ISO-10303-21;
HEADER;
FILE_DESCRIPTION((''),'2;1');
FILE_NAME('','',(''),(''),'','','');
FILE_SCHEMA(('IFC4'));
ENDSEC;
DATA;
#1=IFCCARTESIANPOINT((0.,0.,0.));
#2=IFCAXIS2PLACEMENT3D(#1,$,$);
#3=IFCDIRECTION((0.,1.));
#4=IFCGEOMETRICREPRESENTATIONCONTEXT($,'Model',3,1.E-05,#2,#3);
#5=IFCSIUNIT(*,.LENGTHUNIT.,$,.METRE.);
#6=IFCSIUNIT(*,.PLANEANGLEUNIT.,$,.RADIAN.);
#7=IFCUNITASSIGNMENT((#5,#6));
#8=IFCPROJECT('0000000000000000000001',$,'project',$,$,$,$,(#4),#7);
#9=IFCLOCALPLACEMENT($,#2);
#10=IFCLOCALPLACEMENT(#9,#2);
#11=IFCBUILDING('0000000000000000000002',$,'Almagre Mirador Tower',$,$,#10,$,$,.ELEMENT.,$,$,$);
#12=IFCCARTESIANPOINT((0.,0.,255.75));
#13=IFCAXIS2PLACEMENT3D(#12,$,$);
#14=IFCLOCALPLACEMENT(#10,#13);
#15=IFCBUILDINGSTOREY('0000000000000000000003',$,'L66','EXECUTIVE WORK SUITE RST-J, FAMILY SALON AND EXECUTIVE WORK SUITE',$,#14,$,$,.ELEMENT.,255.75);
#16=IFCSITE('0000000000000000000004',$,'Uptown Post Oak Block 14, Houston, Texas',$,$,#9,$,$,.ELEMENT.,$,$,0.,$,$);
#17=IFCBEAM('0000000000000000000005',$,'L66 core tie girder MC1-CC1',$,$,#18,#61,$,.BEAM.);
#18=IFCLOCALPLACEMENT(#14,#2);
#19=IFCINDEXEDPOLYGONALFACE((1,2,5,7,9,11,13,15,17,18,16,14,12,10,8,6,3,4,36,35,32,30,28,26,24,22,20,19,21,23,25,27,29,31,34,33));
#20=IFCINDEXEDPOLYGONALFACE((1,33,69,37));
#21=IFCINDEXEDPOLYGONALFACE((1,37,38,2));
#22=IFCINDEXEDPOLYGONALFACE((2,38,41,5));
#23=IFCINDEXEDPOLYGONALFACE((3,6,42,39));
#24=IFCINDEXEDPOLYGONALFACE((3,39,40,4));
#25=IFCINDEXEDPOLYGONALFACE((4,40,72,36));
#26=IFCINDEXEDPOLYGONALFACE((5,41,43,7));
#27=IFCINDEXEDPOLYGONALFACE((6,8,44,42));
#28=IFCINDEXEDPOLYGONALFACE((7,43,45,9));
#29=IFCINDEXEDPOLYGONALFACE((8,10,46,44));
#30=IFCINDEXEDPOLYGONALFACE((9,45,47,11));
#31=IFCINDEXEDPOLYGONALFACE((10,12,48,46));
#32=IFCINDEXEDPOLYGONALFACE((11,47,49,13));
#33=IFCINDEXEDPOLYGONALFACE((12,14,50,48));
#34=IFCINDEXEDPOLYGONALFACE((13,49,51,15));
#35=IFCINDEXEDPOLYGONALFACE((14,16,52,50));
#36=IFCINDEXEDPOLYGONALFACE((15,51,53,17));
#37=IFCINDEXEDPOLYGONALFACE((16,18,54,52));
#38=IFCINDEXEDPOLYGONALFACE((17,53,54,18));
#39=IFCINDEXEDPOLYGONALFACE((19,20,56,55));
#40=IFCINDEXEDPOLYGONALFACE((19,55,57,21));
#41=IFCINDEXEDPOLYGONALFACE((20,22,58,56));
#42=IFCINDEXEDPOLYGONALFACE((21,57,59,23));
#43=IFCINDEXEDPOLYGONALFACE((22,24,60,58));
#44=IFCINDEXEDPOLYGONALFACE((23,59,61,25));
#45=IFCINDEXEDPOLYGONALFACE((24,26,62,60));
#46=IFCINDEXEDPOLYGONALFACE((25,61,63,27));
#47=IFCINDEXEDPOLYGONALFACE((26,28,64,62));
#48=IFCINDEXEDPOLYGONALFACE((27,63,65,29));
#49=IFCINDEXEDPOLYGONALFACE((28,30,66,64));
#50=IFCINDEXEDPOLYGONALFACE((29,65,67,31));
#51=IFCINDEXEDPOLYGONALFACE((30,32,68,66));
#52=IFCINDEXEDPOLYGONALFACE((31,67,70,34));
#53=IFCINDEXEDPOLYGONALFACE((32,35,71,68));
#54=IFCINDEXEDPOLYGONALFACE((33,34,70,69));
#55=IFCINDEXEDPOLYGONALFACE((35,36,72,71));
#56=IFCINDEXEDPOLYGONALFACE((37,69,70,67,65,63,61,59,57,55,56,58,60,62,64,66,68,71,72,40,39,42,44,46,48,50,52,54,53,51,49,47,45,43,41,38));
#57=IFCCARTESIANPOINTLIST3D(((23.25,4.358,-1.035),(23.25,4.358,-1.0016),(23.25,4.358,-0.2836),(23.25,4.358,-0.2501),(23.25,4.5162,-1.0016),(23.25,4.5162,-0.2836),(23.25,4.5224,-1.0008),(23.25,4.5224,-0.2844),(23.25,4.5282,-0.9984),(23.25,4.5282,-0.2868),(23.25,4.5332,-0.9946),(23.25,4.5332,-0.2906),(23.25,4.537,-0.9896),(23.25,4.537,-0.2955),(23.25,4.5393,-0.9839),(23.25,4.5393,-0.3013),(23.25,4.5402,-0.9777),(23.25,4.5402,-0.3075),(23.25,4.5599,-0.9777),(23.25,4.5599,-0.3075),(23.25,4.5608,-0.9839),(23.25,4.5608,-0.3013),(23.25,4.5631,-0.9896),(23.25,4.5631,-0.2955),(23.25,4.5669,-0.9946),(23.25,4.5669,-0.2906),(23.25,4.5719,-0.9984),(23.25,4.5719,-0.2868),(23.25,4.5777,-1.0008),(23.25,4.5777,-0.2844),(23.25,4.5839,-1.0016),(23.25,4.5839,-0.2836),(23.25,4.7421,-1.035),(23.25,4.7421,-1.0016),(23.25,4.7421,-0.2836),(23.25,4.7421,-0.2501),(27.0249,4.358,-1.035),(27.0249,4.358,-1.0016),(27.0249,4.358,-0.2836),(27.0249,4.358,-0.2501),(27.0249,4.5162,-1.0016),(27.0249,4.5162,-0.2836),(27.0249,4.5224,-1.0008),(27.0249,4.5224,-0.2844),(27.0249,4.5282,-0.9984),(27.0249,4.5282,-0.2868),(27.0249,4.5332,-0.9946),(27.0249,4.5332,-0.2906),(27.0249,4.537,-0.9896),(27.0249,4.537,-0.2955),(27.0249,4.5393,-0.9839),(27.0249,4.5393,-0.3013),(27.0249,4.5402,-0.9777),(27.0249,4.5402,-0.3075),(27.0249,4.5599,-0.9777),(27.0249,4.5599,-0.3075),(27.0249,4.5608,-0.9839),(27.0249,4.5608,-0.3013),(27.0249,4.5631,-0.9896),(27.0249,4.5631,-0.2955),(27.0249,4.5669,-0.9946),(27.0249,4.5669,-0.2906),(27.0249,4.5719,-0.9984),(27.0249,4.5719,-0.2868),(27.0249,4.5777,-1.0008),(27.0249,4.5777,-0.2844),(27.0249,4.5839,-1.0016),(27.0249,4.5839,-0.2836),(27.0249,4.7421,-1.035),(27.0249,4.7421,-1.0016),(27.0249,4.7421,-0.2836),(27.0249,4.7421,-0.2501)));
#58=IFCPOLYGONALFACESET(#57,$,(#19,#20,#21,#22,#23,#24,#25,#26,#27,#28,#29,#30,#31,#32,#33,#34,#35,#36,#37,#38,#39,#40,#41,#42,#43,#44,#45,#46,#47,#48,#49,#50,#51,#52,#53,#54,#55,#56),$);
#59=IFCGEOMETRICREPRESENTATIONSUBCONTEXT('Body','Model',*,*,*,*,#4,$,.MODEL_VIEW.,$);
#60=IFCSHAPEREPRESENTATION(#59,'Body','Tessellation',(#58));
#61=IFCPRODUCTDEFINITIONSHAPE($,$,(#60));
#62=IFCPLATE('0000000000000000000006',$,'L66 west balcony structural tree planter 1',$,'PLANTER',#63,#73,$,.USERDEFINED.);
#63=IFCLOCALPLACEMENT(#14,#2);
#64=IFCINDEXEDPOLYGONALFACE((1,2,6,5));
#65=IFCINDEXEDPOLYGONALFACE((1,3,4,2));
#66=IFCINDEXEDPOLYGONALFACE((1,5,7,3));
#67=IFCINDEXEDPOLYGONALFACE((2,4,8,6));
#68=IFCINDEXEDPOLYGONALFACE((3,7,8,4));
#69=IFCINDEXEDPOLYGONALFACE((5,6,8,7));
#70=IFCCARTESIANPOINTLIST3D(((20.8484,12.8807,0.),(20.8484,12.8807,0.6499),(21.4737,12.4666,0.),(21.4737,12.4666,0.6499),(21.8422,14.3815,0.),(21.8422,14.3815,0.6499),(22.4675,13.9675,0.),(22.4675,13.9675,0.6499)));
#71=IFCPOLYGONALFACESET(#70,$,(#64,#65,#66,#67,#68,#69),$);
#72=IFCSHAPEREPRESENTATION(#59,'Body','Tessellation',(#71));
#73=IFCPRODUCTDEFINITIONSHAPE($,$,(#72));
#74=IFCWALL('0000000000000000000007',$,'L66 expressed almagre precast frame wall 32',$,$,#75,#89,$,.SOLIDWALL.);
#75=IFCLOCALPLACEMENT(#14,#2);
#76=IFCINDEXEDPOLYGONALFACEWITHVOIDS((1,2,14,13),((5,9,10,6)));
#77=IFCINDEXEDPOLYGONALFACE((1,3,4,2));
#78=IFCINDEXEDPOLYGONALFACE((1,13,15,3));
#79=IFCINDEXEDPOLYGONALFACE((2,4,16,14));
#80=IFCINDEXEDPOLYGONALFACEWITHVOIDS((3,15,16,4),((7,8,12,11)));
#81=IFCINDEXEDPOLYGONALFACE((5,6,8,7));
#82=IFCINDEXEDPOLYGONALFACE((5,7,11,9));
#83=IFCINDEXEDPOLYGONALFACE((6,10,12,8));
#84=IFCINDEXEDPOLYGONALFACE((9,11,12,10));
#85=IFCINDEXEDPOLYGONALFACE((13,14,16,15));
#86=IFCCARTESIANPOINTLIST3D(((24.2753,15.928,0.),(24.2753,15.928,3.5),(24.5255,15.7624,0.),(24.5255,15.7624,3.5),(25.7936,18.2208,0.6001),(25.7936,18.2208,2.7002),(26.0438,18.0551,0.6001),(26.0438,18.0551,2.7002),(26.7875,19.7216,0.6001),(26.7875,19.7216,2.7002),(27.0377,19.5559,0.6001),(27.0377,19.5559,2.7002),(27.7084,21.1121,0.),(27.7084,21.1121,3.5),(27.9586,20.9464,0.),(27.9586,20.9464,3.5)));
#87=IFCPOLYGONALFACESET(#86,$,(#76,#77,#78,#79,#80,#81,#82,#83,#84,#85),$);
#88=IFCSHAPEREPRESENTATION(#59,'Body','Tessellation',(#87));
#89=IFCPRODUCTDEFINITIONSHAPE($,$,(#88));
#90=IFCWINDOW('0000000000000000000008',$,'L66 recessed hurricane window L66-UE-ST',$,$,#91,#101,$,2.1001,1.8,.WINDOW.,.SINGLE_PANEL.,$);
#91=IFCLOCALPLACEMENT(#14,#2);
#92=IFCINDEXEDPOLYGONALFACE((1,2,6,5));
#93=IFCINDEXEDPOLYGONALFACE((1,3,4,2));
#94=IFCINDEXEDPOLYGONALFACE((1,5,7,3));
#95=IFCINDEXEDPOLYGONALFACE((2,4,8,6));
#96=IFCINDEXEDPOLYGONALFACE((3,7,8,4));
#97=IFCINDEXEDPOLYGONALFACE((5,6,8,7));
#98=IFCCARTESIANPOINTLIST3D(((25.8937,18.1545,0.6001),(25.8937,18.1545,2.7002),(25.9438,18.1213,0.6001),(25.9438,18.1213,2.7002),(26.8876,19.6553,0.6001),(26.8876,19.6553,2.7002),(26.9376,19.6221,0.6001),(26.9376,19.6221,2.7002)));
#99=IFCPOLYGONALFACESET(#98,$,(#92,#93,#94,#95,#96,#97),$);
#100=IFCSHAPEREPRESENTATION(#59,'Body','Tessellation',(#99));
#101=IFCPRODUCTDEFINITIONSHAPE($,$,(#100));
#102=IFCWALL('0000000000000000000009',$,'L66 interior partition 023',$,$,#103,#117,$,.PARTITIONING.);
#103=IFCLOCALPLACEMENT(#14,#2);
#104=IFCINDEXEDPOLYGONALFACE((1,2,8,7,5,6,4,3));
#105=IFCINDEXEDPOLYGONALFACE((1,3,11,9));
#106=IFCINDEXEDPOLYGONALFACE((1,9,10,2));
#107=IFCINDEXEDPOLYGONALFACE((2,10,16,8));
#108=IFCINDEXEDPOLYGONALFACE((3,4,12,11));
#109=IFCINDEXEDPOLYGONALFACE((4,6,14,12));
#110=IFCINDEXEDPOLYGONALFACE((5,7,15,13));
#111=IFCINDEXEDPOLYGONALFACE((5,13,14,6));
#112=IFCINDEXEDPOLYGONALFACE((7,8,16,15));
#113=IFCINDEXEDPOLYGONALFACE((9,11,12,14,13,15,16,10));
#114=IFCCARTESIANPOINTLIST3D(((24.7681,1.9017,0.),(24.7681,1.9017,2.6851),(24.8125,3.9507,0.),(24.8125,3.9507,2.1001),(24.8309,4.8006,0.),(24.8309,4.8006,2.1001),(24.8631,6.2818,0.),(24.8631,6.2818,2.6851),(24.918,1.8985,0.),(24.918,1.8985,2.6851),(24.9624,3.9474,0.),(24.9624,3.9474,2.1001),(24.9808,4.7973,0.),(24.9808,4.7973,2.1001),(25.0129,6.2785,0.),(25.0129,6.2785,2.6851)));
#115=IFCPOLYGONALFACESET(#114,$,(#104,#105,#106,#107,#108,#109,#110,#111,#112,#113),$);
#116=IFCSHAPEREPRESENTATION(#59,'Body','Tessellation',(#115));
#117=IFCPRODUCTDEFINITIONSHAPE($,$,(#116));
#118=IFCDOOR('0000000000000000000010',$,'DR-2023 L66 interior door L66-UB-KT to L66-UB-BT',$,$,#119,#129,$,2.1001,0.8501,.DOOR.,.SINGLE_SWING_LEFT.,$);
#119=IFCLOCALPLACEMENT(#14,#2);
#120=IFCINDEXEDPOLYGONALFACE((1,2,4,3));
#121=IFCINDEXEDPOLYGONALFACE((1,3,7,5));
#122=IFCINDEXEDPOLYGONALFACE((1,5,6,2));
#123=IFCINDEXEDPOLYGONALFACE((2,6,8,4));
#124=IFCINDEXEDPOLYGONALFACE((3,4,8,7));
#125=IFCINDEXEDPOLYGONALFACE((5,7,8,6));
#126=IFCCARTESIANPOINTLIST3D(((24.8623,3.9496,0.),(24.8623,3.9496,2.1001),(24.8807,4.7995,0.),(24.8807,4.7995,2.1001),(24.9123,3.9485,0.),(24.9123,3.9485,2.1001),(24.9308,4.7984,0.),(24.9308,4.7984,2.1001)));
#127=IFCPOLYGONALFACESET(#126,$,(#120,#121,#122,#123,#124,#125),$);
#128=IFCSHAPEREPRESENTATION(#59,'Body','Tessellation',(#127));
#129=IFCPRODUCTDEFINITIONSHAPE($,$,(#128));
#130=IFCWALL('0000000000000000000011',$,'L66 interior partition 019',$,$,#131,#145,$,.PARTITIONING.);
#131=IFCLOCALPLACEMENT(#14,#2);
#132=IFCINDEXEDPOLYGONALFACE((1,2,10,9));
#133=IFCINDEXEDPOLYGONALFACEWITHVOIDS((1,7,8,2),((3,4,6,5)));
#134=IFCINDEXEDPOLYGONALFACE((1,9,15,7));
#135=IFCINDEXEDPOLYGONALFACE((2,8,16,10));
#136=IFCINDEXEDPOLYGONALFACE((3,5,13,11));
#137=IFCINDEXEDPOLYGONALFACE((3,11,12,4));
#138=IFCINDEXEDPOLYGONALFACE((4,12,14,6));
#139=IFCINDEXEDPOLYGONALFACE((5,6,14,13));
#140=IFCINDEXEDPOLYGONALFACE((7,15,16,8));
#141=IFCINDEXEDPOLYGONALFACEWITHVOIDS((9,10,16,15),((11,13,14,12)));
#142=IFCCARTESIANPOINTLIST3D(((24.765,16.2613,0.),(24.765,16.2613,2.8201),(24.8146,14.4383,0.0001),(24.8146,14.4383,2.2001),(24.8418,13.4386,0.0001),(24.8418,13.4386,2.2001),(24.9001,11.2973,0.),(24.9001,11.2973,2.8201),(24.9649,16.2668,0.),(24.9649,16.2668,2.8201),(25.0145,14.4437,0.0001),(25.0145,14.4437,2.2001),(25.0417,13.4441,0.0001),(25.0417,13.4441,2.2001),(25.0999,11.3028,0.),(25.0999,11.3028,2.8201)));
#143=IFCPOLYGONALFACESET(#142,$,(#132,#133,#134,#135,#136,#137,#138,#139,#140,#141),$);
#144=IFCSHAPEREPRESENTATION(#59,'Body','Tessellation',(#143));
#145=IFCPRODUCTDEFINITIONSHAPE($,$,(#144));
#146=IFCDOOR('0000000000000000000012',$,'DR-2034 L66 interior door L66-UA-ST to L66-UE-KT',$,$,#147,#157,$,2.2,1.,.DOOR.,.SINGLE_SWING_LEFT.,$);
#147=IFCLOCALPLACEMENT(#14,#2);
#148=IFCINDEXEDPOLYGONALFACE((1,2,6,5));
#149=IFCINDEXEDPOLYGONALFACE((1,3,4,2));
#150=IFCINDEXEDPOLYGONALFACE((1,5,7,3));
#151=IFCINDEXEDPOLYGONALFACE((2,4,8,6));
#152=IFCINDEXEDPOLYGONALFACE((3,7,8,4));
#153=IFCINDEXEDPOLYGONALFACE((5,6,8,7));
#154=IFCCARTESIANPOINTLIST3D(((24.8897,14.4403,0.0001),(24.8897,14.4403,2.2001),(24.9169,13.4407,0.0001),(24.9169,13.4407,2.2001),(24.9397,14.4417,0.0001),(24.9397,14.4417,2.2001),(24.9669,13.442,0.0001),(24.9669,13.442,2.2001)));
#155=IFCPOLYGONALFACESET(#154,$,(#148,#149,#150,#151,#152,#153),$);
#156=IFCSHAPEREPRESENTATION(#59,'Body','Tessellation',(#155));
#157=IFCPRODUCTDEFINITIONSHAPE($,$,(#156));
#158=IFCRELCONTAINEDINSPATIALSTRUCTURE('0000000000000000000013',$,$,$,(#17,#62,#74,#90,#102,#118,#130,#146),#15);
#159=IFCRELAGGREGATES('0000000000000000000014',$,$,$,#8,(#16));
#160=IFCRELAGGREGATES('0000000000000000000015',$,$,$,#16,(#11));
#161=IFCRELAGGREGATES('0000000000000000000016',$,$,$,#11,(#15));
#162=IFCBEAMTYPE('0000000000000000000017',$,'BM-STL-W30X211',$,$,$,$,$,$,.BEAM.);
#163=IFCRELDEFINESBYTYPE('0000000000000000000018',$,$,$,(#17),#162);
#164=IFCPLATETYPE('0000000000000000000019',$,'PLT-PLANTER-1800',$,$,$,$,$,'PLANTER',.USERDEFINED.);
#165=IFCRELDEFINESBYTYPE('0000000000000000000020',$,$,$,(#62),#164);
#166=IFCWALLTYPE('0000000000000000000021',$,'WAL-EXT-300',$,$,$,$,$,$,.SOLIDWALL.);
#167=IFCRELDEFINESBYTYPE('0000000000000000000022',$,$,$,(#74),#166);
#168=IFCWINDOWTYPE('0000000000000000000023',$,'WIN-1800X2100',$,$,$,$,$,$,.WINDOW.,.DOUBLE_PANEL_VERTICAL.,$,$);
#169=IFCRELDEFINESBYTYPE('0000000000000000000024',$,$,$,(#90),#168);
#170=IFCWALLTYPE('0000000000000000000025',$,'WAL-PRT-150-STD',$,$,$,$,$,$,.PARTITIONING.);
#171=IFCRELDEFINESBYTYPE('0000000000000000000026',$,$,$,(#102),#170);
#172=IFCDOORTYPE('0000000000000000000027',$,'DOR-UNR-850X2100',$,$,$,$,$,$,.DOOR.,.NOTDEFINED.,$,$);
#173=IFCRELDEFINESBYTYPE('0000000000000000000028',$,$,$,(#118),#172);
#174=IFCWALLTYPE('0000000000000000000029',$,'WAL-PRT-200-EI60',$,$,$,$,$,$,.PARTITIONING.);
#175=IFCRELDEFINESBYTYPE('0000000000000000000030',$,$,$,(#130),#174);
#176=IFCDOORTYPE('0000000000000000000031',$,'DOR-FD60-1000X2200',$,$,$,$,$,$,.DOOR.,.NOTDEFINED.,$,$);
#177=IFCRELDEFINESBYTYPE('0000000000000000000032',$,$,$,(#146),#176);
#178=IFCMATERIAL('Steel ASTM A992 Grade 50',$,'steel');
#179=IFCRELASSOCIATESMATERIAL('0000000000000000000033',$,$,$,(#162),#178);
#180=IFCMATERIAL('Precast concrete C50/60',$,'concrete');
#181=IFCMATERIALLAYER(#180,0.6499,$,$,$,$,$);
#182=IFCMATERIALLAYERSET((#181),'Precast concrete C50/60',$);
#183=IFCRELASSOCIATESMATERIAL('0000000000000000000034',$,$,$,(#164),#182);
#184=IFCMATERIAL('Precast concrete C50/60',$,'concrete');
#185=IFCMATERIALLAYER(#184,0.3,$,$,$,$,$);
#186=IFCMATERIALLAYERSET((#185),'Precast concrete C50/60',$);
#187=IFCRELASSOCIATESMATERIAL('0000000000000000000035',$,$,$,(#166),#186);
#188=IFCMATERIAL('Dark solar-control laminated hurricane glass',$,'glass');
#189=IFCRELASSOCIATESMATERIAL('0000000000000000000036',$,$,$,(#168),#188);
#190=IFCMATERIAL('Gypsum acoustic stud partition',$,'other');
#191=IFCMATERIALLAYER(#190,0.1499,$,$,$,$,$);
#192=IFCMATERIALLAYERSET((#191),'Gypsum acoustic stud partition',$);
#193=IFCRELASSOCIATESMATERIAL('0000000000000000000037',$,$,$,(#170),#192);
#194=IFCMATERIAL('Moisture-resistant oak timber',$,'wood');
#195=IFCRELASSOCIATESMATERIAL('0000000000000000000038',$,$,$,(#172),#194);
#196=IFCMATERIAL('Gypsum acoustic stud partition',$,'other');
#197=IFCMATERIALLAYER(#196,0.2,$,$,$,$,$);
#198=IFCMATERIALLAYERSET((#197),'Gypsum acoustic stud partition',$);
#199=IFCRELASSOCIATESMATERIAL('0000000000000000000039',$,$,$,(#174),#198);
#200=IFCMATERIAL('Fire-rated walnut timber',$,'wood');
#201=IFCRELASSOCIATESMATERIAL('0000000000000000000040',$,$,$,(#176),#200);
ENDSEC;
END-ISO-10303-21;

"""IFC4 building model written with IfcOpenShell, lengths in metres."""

from ifc_helpers import new_model, si_unit, direction, frame, frame_2d, origin, origin_2d, place, context, subcontext, project, spatial, rectangle, i_section, extrude, material, layer, layer_set, material_profile, profile_set, type_object, element, fill, save


model = new_model("IFC4")

# Units and contexts
model_context = context("Model", 3, precision=1e-05, world=origin(), true_north=direction((0.0, 1.0)))
body_context = subcontext(model_context, "Body", "Model", "MODEL_VIEW")
ifc_project = project(units=[si_unit("LENGTHUNIT", "METRE"), si_unit("PLANEANGLEUNIT", "RADIAN")], contexts=[model_context])

# Site, building, storey
site_placement = place(None, origin())
site = spatial("IfcSite", under=ifc_project, at=site_placement, Name="Uptown Post Oak Block 14, Houston, Texas", CompositionType="ELEMENT", RefElevation=0.0)
building_placement = place(site_placement, origin())
building = spatial("IfcBuilding", under=site, at=building_placement, Name="Almagre Mirador Tower", CompositionType="ELEMENT")
storey_placement = place(building_placement, frame((0.0, 0.0, 255.75)))
storey = spatial("IfcBuildingStorey", under=building, at=storey_placement, Name="L66", Description="EXECUTIVE WORK SUITE RST-J, FAMILY SALON AND EXECUTIVE WORK SUITE", CompositionType="ELEMENT", Elevation=255.75)

# Beam
ifc_material_1 = material(Name="Steel ASTM A992 Grade 50", Category="steel")
ifc_material_profile_1 = material_profile(ifc_material_1, i_section(OverallWidth=0.384, OverallDepth=0.7849, WebThickness=0.0198, FlangeThickness=0.0334, FilletRadius=0.0239, at=origin_2d()), Name="W30X211")
ifc_profile_set_1 = profile_set([ifc_material_profile_1], Name="Steel ASTM A992 Grade 50")
beam_type_1 = type_object("IfcBeamType", Name="BM-STL-W30X211", PredefinedType="BEAM", material=ifc_profile_set_1)
beam_1_placement = place(storey_placement, frame((23.25, 4.55, -0.6426), z_axis=(1.0, 0.0, 0.0), x_axis=(0.0, 1.0, 0.0)))
element("IfcBeam", 1, at=beam_1_placement, inside=storey, type_object=beam_type_1, Name="L66 core tie girder MC1-CC1", PredefinedType="BEAM", context=body_context, shape_type="SweptSolid", body=[
    extrude(i_section(OverallWidth=0.384, OverallDepth=0.7849, WebThickness=0.0198, FlangeThickness=0.0334, FilletRadius=0.0239, at=origin_2d()), origin(), (0.0, 0.0, 1.0), 3.7749),
])

# Plate
ifc_material_2 = material(Name="Precast concrete C50/60", Category="concrete")
ifc_layer_1 = layer(ifc_material_2, 0.6499)
ifc_layer_set_1 = layer_set([ifc_layer_1], Name="Precast concrete C50/60")
plate_type = type_object("IfcPlateType", Name="PLT-PLANTER-1800", ElementType="PLANTER", PredefinedType="USERDEFINED", material=ifc_layer_set_1)
plate_placement = place(storey_placement, frame((21.658, 13.4241, 0.0), z_axis=(0.0, 0.0, 1.0), x_axis=(-0.552097, -0.83378, 0.0)))
element("IfcPlate", 2, at=plate_placement, inside=storey, type_object=plate_type, Name="L66 west balcony structural tree planter 1", ObjectType="PLANTER", PredefinedType="USERDEFINED", context=body_context, shape_type="SweptSolid", body=[
    extrude(rectangle(XDim=1.8, YDim=0.75, at=origin_2d()), origin(), (0.0, 0.0, 1.0), 0.6499),
])

# Wall, opening, window
ifc_material_3 = material(Name="Precast concrete C50/60", Category="concrete")
ifc_layer_2 = layer(ifc_material_3, 0.3)
ifc_layer_set_2 = layer_set([ifc_layer_2], Name="Precast concrete C50/60")
wall_type_1 = type_object("IfcWallType", Name="WAL-EXT-300", PredefinedType="SOLIDWALL", material=ifc_layer_set_2)
wall_1_placement = place(storey_placement, frame((24.4004, 15.8452, 0.0), z_axis=(0.0, 0.0, 1.0), x_axis=(0.552142, 0.83375, 0.0)))
wall_1 = element("IfcWall", 3, at=wall_1_placement, inside=storey, type_object=wall_type_1, Name="L66 expressed almagre precast frame wall 32", PredefinedType="SOLIDWALL", context=body_context, shape_type="SweptSolid", body=[
    extrude(rectangle(XDim=6.2178, YDim=0.3, at=frame_2d((3.1089, 0.0))), origin(), (0.0, 0.0, 1.0), 3.5),
])
opening_1_placement = place(wall_1_placement, frame((2.75, 0.0, 0.6001)))
opening_1 = element("IfcOpeningElement", 4, at=opening_1_placement, cuts=wall_1, PredefinedType="OPENING", context=body_context, shape_type="SweptSolid", body=[
    extrude(rectangle(XDim=1.8, YDim=2.1001, at=frame_2d((0.8999, 1.05))), frame((0.0, 0.1599, 0.0), z_axis=(0.0, -1.0, 0.0), x_axis=(1.0, 0.0, 0.0)), (0.0, 0.0, 1.0), 0.32),
])
ifc_material_4 = material(Name="Dark solar-control laminated hurricane glass", Category="glass")
window_type = type_object("IfcWindowType", Name="WIN-1800X2100", PartitioningType="DOUBLE_PANEL_VERTICAL", PredefinedType="WINDOW", material=ifc_material_4)
window_placement = place(opening_1_placement, origin())
window = element("IfcWindow", 5, at=window_placement, inside=storey, type_object=window_type, Name="L66 recessed hurricane window L66-UE-ST", OverallHeight=2.1001, OverallWidth=1.8, PartitioningType="SINGLE_PANEL", PredefinedType="WINDOW", context=body_context, shape_type="SweptSolid", body=[
    extrude(rectangle(XDim=1.8, YDim=2.1001, at=frame_2d((0.8999, 1.05))), frame((0.0, 0.03, 0.0), z_axis=(0.0, -1.0, 0.0), x_axis=(1.0, 0.0, 0.0)), (0.0, 0.0, 1.0), 0.0601),
])
fill(opening_1, window)

# Walls, openings, doors
ifc_material_5 = material(Name="Gypsum acoustic stud partition", Category="other")
ifc_layer_3 = layer(ifc_material_5, 0.1499)
ifc_layer_set_3 = layer_set([ifc_layer_3], Name="Gypsum acoustic stud partition")
wall_type_2 = type_object("IfcWallType", Name="WAL-PRT-150-STD", PredefinedType="PARTITIONING", material=ifc_layer_set_3)
wall_2_placement = place(storey_placement, frame((24.938, 6.28, 0.0), z_axis=(0.0, 0.0, 1.0), x_axis=(-0.021677, -0.999765, 0.0)))
wall_2 = element("IfcWall", 6, at=wall_2_placement, inside=storey, type_object=wall_type_2, Name="L66 interior partition 023", PredefinedType="PARTITIONING", context=body_context, shape_type="SweptSolid", body=[
    extrude(rectangle(XDim=4.3811, YDim=0.1499, at=frame_2d((2.1904, 0.0))), origin(), (0.0, 0.0, 1.0), 2.6851),
])
opening_2_placement = place(wall_2_placement, frame((1.4814, 0.0, 0.0)))
opening_2 = element("IfcOpeningElement", 7, at=opening_2_placement, cuts=wall_2, PredefinedType="OPENING", context=body_context, shape_type="SweptSolid", body=[
    extrude(rectangle(XDim=0.8501, YDim=2.1001, at=frame_2d((0.425, 1.05))), frame((0.0, 0.085, 0.0), z_axis=(0.0, -1.0, 0.0), x_axis=(1.0, 0.0, 0.0)), (0.0, 0.0, 1.0), 0.1699),
])
ifc_material_6 = material(Name="Moisture-resistant oak timber", Category="wood")
door_type_1 = type_object("IfcDoorType", Name="DOR-UNR-850X2100", OperationType="NOTDEFINED", PredefinedType="DOOR", material=ifc_material_6)
door_1_placement = place(opening_2_placement, origin())
door_1 = element("IfcDoor", 8, at=door_1_placement, inside=storey, type_object=door_type_1, Name="DR-2023 L66 interior door L66-UB-KT to L66-UB-BT", OperationType="SINGLE_SWING_LEFT", OverallHeight=2.1001, OverallWidth=0.8501, PredefinedType="DOOR", context=body_context, shape_type="SweptSolid", body=[
    extrude(rectangle(XDim=0.8501, YDim=2.1001, at=frame_2d((0.425, 1.05))), frame((0.0, 0.0249, 0.0), z_axis=(0.0, -1.0, 0.0), x_axis=(1.0, 0.0, 0.0)), (0.0, 0.0, 1.0), 0.05),
])
fill(opening_2, door_1)
ifc_material_7 = material(Name="Gypsum acoustic stud partition", Category="other")
ifc_layer_4 = layer(ifc_material_7, 0.2)
ifc_layer_set_4 = layer_set([ifc_layer_4], Name="Gypsum acoustic stud partition")
wall_type_3 = type_object("IfcWallType", Name="WAL-PRT-200-EI60", PredefinedType="PARTITIONING", material=ifc_layer_set_4)
wall_3_placement = place(storey_placement, frame((25.0, 11.3, 0.0), z_axis=(0.0, 0.0, 1.0), x_axis=(-0.027188, 0.99963, 0.0)))
wall_3 = element("IfcWall", 9, at=wall_3_placement, inside=storey, type_object=wall_type_3, Name="L66 interior partition 019", PredefinedType="PARTITIONING", context=body_context, shape_type="SweptSolid", body=[
    extrude(rectangle(XDim=4.9658, YDim=0.2, at=frame_2d((2.4829, 0.0))), origin(), (0.0, 0.0, 1.0), 2.8201),
])
opening_3_placement = place(wall_3_placement, frame((2.1421, 0.0, 0.0)))
opening_3 = element("IfcOpeningElement", 10, at=opening_3_placement, cuts=wall_3, PredefinedType="OPENING", context=body_context, shape_type="SweptSolid", body=[
    extrude(rectangle(XDim=1.0, YDim=2.2, at=frame_2d((0.5, 1.1001))), frame((0.0, 0.1101, 0.0), z_axis=(0.0, -1.0, 0.0), x_axis=(1.0, 0.0, 0.0)), (0.0, 0.0, 1.0), 0.22),
])
ifc_material_8 = material(Name="Fire-rated walnut timber", Category="wood")
door_type_2 = type_object("IfcDoorType", Name="DOR-FD60-1000X2200", OperationType="NOTDEFINED", PredefinedType="DOOR", material=ifc_material_8)
door_2_placement = place(opening_3_placement, origin())
door_2 = element("IfcDoor", 11, at=door_2_placement, inside=storey, type_object=door_type_2, Name="DR-2034 L66 interior door L66-UA-ST to L66-UE-KT", OperationType="SINGLE_SWING_LEFT", OverallHeight=2.2, OverallWidth=1.0, PredefinedType="DOOR", context=body_context, shape_type="SweptSolid", body=[
    extrude(rectangle(XDim=1.0, YDim=2.2, at=frame_2d((0.5, 1.1001))), frame((0.0, 0.0249, 0.0), z_axis=(0.0, -1.0, 0.0), x_axis=(1.0, 0.0, 0.0)), (0.0, 0.0, 1.0), 0.05),
])
fill(opening_3, door_2)

save(model, "model.ifc")
